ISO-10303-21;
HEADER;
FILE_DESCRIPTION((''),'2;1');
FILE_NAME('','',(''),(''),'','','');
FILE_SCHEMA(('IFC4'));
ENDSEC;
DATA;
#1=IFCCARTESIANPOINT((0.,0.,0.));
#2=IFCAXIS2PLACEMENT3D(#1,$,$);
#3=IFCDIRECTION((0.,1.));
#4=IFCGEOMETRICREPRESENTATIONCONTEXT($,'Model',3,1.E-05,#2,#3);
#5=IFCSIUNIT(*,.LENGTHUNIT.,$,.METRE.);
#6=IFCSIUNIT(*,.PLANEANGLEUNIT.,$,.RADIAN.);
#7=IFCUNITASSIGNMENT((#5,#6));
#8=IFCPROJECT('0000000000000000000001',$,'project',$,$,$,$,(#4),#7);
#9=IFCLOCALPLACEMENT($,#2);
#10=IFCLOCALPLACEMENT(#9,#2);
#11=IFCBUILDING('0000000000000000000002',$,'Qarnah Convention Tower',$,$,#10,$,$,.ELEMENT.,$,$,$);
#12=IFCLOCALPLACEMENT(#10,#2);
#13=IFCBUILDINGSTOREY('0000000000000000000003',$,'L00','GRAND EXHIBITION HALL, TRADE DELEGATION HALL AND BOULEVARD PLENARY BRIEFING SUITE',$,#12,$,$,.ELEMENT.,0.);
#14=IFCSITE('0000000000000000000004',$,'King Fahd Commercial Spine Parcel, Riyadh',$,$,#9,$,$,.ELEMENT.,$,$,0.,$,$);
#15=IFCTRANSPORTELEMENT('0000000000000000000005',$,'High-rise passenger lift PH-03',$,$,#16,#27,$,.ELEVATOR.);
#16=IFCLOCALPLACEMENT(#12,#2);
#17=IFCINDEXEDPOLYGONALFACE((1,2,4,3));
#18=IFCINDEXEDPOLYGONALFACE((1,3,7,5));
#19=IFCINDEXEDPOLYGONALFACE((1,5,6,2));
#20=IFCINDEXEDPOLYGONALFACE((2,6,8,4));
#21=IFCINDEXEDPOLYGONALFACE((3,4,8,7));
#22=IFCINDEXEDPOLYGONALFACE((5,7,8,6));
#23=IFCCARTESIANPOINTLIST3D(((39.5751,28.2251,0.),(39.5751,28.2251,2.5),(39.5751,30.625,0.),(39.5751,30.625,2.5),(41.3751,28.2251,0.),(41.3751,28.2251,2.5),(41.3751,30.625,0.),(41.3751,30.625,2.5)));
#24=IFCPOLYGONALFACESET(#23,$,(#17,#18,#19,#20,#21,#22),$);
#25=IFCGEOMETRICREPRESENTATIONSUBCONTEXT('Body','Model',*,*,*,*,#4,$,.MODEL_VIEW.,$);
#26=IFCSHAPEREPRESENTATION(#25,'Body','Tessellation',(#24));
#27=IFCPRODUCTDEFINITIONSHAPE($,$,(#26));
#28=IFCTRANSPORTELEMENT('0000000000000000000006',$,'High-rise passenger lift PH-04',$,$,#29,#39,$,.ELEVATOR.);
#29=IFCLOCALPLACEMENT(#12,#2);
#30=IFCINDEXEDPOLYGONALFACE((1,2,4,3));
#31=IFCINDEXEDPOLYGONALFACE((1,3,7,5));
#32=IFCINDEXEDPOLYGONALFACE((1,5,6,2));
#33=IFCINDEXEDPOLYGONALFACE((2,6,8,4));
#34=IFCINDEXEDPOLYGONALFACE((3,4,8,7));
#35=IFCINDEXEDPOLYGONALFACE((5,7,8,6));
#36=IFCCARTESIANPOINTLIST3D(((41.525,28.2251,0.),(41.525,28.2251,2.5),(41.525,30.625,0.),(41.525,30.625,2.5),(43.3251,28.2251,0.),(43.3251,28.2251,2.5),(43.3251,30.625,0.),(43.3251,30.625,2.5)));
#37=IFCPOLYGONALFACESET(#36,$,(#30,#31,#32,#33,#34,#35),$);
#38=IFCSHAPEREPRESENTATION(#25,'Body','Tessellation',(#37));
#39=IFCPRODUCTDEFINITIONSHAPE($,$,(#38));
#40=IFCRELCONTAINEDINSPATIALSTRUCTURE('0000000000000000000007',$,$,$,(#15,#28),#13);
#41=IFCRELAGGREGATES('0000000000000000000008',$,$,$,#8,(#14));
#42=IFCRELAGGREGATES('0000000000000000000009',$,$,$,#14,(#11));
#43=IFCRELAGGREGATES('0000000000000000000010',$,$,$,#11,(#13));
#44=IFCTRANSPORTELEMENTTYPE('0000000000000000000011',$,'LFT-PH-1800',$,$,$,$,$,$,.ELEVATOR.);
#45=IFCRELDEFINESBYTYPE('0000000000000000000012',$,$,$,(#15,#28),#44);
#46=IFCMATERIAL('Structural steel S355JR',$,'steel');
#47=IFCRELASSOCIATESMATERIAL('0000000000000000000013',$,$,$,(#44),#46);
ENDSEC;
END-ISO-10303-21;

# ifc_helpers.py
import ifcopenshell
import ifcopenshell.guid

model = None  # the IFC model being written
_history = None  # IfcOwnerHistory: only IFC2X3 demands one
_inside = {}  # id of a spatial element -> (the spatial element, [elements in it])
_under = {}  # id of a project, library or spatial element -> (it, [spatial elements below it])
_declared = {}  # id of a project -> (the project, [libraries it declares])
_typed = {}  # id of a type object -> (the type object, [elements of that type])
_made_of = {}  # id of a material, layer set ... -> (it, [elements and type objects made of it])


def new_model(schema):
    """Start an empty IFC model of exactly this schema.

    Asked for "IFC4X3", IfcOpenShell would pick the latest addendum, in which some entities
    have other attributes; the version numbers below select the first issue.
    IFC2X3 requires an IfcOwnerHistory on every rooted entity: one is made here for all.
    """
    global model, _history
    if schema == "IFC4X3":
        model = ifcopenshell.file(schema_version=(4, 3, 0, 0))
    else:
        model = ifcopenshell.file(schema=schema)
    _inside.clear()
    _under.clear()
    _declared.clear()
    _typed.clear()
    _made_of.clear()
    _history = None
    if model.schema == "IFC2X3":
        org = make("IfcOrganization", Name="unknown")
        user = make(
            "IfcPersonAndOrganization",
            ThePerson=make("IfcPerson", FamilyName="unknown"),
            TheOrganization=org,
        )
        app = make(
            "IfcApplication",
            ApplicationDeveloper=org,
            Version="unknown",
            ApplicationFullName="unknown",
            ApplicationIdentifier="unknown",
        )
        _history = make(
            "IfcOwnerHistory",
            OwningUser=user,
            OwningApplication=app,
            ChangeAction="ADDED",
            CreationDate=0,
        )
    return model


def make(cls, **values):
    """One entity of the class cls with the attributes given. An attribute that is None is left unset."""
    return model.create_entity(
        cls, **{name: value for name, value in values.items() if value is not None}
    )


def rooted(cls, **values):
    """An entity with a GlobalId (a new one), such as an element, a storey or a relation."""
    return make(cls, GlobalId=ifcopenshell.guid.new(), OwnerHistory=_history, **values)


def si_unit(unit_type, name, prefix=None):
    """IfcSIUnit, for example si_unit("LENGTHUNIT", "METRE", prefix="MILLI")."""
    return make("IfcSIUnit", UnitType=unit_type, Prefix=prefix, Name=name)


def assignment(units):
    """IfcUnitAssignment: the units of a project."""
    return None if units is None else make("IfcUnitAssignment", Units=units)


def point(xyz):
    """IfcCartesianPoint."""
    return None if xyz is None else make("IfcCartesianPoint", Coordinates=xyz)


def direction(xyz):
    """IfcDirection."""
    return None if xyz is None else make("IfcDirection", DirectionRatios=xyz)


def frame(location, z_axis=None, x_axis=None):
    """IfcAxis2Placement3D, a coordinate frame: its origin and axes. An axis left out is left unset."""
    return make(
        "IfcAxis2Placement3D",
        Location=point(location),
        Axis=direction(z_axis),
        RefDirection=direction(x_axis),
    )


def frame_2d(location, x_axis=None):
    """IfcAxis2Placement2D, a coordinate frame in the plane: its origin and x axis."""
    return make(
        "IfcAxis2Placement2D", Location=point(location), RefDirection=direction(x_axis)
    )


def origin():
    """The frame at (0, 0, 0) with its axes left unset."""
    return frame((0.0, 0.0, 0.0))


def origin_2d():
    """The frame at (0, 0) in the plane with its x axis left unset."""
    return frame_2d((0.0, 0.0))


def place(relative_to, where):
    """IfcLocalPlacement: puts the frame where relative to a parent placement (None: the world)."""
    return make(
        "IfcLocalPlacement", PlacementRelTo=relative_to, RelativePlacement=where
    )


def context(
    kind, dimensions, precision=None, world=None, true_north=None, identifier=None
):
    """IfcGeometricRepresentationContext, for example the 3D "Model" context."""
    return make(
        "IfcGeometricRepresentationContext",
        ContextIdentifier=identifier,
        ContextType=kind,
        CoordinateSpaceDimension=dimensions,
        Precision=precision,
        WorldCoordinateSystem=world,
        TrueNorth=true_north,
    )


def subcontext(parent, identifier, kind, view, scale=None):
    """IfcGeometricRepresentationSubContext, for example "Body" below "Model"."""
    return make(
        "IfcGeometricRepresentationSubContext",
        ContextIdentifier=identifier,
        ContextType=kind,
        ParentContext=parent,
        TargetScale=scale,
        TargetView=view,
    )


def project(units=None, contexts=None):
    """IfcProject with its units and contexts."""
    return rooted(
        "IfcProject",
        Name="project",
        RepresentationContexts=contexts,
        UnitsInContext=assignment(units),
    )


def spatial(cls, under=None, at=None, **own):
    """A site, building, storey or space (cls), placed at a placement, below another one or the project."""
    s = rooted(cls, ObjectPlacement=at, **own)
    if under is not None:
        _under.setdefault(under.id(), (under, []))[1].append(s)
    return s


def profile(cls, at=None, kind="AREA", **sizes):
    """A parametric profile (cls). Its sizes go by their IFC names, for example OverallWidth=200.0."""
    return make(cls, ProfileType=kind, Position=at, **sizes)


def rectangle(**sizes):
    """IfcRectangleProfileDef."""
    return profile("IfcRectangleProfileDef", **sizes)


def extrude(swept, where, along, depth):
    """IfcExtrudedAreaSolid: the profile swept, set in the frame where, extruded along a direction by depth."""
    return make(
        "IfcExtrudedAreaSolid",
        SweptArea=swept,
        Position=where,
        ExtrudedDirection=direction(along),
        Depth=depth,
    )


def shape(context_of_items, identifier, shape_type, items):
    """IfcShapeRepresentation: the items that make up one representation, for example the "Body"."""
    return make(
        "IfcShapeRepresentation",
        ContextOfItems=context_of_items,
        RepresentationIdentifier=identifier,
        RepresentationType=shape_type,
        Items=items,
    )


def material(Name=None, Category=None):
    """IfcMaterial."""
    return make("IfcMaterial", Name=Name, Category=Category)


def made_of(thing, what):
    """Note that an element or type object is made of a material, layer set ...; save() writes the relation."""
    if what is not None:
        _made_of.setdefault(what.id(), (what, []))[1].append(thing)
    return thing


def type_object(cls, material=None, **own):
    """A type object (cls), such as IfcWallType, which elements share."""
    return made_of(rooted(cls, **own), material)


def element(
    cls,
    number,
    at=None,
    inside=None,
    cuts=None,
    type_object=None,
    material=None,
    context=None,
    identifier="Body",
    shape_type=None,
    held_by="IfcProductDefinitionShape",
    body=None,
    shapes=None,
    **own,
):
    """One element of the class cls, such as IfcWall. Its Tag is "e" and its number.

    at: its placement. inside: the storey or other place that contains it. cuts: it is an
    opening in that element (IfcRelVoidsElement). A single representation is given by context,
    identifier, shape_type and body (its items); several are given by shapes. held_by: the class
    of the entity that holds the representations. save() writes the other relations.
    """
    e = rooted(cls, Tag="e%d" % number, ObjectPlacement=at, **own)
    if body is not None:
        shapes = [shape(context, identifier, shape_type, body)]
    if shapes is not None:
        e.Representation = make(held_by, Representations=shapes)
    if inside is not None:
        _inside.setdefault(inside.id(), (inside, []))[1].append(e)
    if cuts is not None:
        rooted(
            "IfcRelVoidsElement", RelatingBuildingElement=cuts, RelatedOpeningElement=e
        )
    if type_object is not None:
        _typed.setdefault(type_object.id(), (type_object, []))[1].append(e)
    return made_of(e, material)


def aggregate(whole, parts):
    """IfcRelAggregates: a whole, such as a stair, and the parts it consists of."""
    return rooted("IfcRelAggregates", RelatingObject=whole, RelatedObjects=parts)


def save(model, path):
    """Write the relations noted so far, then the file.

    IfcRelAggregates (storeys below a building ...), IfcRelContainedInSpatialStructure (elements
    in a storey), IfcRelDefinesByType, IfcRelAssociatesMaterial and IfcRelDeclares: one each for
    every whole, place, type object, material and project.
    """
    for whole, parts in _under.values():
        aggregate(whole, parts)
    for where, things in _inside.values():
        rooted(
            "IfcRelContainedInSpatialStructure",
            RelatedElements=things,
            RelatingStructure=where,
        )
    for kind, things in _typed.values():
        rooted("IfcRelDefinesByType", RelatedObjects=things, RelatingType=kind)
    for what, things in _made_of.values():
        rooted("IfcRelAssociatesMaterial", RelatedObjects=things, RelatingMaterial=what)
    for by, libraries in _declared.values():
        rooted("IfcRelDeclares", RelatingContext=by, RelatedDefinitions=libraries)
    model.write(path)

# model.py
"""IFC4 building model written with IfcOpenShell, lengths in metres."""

from ifc_helpers import new_model, si_unit, direction, frame, origin, origin_2d, place, context, subcontext, project, spatial, rectangle, extrude, material, type_object, element, save


model = new_model("IFC4")

# Units and contexts
model_context = context("Model", 3, precision=1e-05, world=origin(), true_north=direction((0.0, 1.0)))
body_context = subcontext(model_context, "Body", "Model", "MODEL_VIEW")
ifc_project = project(units=[si_unit("LENGTHUNIT", "METRE"), si_unit("PLANEANGLEUNIT", "RADIAN")], contexts=[model_context])

# Site, building, storey
site_placement = place(None, origin())
site = spatial("IfcSite", under=ifc_project, at=site_placement, Name="King Fahd Commercial Spine Parcel, Riyadh", CompositionType="ELEMENT", RefElevation=0.0)
building_placement = place(site_placement, origin())
building = spatial("IfcBuilding", under=site, at=building_placement, Name="Qarnah Convention Tower", CompositionType="ELEMENT")
storey_placement = place(building_placement, origin())
storey = spatial("IfcBuildingStorey", under=building, at=storey_placement, Name="L00", Description="GRAND EXHIBITION HALL, TRADE DELEGATION HALL AND BOULEVARD PLENARY BRIEFING SUITE", CompositionType="ELEMENT", Elevation=0.0)

# Shared definitions
ifc_material_1 = material(Name="Structural steel S355JR", Category="steel")

# Transport elements
transport_element_type = type_object("IfcTransportElementType", Name="LFT-PH-1800", PredefinedType="ELEVATOR", material=ifc_material_1)
for number, where, z_axis, x_axis, name in (
    (1, (40.4751, 29.425, 0.0), (0.0, 0.0, 1.0), (1.0, 0.0, 0.0), "High-rise passenger lift PH-03"),
    (2, (42.425, 29.425, 0.0), (0.0, 0.0, 1.0), (1.0, 0.0, 0.0), "High-rise passenger lift PH-04"),
):
    element("IfcTransportElement", number, at=place(storey_placement, frame(where, z_axis=z_axis, x_axis=x_axis)), inside=storey, type_object=transport_element_type, Name=name, PredefinedType="ELEVATOR", context=body_context, shape_type="SweptSolid", body=[
        extrude(rectangle(XDim=1.8, YDim=2.3999, at=origin_2d()), origin(), (0.0, 0.0, 1.0), 2.5),
    ])

save(model, "model.ifc")
